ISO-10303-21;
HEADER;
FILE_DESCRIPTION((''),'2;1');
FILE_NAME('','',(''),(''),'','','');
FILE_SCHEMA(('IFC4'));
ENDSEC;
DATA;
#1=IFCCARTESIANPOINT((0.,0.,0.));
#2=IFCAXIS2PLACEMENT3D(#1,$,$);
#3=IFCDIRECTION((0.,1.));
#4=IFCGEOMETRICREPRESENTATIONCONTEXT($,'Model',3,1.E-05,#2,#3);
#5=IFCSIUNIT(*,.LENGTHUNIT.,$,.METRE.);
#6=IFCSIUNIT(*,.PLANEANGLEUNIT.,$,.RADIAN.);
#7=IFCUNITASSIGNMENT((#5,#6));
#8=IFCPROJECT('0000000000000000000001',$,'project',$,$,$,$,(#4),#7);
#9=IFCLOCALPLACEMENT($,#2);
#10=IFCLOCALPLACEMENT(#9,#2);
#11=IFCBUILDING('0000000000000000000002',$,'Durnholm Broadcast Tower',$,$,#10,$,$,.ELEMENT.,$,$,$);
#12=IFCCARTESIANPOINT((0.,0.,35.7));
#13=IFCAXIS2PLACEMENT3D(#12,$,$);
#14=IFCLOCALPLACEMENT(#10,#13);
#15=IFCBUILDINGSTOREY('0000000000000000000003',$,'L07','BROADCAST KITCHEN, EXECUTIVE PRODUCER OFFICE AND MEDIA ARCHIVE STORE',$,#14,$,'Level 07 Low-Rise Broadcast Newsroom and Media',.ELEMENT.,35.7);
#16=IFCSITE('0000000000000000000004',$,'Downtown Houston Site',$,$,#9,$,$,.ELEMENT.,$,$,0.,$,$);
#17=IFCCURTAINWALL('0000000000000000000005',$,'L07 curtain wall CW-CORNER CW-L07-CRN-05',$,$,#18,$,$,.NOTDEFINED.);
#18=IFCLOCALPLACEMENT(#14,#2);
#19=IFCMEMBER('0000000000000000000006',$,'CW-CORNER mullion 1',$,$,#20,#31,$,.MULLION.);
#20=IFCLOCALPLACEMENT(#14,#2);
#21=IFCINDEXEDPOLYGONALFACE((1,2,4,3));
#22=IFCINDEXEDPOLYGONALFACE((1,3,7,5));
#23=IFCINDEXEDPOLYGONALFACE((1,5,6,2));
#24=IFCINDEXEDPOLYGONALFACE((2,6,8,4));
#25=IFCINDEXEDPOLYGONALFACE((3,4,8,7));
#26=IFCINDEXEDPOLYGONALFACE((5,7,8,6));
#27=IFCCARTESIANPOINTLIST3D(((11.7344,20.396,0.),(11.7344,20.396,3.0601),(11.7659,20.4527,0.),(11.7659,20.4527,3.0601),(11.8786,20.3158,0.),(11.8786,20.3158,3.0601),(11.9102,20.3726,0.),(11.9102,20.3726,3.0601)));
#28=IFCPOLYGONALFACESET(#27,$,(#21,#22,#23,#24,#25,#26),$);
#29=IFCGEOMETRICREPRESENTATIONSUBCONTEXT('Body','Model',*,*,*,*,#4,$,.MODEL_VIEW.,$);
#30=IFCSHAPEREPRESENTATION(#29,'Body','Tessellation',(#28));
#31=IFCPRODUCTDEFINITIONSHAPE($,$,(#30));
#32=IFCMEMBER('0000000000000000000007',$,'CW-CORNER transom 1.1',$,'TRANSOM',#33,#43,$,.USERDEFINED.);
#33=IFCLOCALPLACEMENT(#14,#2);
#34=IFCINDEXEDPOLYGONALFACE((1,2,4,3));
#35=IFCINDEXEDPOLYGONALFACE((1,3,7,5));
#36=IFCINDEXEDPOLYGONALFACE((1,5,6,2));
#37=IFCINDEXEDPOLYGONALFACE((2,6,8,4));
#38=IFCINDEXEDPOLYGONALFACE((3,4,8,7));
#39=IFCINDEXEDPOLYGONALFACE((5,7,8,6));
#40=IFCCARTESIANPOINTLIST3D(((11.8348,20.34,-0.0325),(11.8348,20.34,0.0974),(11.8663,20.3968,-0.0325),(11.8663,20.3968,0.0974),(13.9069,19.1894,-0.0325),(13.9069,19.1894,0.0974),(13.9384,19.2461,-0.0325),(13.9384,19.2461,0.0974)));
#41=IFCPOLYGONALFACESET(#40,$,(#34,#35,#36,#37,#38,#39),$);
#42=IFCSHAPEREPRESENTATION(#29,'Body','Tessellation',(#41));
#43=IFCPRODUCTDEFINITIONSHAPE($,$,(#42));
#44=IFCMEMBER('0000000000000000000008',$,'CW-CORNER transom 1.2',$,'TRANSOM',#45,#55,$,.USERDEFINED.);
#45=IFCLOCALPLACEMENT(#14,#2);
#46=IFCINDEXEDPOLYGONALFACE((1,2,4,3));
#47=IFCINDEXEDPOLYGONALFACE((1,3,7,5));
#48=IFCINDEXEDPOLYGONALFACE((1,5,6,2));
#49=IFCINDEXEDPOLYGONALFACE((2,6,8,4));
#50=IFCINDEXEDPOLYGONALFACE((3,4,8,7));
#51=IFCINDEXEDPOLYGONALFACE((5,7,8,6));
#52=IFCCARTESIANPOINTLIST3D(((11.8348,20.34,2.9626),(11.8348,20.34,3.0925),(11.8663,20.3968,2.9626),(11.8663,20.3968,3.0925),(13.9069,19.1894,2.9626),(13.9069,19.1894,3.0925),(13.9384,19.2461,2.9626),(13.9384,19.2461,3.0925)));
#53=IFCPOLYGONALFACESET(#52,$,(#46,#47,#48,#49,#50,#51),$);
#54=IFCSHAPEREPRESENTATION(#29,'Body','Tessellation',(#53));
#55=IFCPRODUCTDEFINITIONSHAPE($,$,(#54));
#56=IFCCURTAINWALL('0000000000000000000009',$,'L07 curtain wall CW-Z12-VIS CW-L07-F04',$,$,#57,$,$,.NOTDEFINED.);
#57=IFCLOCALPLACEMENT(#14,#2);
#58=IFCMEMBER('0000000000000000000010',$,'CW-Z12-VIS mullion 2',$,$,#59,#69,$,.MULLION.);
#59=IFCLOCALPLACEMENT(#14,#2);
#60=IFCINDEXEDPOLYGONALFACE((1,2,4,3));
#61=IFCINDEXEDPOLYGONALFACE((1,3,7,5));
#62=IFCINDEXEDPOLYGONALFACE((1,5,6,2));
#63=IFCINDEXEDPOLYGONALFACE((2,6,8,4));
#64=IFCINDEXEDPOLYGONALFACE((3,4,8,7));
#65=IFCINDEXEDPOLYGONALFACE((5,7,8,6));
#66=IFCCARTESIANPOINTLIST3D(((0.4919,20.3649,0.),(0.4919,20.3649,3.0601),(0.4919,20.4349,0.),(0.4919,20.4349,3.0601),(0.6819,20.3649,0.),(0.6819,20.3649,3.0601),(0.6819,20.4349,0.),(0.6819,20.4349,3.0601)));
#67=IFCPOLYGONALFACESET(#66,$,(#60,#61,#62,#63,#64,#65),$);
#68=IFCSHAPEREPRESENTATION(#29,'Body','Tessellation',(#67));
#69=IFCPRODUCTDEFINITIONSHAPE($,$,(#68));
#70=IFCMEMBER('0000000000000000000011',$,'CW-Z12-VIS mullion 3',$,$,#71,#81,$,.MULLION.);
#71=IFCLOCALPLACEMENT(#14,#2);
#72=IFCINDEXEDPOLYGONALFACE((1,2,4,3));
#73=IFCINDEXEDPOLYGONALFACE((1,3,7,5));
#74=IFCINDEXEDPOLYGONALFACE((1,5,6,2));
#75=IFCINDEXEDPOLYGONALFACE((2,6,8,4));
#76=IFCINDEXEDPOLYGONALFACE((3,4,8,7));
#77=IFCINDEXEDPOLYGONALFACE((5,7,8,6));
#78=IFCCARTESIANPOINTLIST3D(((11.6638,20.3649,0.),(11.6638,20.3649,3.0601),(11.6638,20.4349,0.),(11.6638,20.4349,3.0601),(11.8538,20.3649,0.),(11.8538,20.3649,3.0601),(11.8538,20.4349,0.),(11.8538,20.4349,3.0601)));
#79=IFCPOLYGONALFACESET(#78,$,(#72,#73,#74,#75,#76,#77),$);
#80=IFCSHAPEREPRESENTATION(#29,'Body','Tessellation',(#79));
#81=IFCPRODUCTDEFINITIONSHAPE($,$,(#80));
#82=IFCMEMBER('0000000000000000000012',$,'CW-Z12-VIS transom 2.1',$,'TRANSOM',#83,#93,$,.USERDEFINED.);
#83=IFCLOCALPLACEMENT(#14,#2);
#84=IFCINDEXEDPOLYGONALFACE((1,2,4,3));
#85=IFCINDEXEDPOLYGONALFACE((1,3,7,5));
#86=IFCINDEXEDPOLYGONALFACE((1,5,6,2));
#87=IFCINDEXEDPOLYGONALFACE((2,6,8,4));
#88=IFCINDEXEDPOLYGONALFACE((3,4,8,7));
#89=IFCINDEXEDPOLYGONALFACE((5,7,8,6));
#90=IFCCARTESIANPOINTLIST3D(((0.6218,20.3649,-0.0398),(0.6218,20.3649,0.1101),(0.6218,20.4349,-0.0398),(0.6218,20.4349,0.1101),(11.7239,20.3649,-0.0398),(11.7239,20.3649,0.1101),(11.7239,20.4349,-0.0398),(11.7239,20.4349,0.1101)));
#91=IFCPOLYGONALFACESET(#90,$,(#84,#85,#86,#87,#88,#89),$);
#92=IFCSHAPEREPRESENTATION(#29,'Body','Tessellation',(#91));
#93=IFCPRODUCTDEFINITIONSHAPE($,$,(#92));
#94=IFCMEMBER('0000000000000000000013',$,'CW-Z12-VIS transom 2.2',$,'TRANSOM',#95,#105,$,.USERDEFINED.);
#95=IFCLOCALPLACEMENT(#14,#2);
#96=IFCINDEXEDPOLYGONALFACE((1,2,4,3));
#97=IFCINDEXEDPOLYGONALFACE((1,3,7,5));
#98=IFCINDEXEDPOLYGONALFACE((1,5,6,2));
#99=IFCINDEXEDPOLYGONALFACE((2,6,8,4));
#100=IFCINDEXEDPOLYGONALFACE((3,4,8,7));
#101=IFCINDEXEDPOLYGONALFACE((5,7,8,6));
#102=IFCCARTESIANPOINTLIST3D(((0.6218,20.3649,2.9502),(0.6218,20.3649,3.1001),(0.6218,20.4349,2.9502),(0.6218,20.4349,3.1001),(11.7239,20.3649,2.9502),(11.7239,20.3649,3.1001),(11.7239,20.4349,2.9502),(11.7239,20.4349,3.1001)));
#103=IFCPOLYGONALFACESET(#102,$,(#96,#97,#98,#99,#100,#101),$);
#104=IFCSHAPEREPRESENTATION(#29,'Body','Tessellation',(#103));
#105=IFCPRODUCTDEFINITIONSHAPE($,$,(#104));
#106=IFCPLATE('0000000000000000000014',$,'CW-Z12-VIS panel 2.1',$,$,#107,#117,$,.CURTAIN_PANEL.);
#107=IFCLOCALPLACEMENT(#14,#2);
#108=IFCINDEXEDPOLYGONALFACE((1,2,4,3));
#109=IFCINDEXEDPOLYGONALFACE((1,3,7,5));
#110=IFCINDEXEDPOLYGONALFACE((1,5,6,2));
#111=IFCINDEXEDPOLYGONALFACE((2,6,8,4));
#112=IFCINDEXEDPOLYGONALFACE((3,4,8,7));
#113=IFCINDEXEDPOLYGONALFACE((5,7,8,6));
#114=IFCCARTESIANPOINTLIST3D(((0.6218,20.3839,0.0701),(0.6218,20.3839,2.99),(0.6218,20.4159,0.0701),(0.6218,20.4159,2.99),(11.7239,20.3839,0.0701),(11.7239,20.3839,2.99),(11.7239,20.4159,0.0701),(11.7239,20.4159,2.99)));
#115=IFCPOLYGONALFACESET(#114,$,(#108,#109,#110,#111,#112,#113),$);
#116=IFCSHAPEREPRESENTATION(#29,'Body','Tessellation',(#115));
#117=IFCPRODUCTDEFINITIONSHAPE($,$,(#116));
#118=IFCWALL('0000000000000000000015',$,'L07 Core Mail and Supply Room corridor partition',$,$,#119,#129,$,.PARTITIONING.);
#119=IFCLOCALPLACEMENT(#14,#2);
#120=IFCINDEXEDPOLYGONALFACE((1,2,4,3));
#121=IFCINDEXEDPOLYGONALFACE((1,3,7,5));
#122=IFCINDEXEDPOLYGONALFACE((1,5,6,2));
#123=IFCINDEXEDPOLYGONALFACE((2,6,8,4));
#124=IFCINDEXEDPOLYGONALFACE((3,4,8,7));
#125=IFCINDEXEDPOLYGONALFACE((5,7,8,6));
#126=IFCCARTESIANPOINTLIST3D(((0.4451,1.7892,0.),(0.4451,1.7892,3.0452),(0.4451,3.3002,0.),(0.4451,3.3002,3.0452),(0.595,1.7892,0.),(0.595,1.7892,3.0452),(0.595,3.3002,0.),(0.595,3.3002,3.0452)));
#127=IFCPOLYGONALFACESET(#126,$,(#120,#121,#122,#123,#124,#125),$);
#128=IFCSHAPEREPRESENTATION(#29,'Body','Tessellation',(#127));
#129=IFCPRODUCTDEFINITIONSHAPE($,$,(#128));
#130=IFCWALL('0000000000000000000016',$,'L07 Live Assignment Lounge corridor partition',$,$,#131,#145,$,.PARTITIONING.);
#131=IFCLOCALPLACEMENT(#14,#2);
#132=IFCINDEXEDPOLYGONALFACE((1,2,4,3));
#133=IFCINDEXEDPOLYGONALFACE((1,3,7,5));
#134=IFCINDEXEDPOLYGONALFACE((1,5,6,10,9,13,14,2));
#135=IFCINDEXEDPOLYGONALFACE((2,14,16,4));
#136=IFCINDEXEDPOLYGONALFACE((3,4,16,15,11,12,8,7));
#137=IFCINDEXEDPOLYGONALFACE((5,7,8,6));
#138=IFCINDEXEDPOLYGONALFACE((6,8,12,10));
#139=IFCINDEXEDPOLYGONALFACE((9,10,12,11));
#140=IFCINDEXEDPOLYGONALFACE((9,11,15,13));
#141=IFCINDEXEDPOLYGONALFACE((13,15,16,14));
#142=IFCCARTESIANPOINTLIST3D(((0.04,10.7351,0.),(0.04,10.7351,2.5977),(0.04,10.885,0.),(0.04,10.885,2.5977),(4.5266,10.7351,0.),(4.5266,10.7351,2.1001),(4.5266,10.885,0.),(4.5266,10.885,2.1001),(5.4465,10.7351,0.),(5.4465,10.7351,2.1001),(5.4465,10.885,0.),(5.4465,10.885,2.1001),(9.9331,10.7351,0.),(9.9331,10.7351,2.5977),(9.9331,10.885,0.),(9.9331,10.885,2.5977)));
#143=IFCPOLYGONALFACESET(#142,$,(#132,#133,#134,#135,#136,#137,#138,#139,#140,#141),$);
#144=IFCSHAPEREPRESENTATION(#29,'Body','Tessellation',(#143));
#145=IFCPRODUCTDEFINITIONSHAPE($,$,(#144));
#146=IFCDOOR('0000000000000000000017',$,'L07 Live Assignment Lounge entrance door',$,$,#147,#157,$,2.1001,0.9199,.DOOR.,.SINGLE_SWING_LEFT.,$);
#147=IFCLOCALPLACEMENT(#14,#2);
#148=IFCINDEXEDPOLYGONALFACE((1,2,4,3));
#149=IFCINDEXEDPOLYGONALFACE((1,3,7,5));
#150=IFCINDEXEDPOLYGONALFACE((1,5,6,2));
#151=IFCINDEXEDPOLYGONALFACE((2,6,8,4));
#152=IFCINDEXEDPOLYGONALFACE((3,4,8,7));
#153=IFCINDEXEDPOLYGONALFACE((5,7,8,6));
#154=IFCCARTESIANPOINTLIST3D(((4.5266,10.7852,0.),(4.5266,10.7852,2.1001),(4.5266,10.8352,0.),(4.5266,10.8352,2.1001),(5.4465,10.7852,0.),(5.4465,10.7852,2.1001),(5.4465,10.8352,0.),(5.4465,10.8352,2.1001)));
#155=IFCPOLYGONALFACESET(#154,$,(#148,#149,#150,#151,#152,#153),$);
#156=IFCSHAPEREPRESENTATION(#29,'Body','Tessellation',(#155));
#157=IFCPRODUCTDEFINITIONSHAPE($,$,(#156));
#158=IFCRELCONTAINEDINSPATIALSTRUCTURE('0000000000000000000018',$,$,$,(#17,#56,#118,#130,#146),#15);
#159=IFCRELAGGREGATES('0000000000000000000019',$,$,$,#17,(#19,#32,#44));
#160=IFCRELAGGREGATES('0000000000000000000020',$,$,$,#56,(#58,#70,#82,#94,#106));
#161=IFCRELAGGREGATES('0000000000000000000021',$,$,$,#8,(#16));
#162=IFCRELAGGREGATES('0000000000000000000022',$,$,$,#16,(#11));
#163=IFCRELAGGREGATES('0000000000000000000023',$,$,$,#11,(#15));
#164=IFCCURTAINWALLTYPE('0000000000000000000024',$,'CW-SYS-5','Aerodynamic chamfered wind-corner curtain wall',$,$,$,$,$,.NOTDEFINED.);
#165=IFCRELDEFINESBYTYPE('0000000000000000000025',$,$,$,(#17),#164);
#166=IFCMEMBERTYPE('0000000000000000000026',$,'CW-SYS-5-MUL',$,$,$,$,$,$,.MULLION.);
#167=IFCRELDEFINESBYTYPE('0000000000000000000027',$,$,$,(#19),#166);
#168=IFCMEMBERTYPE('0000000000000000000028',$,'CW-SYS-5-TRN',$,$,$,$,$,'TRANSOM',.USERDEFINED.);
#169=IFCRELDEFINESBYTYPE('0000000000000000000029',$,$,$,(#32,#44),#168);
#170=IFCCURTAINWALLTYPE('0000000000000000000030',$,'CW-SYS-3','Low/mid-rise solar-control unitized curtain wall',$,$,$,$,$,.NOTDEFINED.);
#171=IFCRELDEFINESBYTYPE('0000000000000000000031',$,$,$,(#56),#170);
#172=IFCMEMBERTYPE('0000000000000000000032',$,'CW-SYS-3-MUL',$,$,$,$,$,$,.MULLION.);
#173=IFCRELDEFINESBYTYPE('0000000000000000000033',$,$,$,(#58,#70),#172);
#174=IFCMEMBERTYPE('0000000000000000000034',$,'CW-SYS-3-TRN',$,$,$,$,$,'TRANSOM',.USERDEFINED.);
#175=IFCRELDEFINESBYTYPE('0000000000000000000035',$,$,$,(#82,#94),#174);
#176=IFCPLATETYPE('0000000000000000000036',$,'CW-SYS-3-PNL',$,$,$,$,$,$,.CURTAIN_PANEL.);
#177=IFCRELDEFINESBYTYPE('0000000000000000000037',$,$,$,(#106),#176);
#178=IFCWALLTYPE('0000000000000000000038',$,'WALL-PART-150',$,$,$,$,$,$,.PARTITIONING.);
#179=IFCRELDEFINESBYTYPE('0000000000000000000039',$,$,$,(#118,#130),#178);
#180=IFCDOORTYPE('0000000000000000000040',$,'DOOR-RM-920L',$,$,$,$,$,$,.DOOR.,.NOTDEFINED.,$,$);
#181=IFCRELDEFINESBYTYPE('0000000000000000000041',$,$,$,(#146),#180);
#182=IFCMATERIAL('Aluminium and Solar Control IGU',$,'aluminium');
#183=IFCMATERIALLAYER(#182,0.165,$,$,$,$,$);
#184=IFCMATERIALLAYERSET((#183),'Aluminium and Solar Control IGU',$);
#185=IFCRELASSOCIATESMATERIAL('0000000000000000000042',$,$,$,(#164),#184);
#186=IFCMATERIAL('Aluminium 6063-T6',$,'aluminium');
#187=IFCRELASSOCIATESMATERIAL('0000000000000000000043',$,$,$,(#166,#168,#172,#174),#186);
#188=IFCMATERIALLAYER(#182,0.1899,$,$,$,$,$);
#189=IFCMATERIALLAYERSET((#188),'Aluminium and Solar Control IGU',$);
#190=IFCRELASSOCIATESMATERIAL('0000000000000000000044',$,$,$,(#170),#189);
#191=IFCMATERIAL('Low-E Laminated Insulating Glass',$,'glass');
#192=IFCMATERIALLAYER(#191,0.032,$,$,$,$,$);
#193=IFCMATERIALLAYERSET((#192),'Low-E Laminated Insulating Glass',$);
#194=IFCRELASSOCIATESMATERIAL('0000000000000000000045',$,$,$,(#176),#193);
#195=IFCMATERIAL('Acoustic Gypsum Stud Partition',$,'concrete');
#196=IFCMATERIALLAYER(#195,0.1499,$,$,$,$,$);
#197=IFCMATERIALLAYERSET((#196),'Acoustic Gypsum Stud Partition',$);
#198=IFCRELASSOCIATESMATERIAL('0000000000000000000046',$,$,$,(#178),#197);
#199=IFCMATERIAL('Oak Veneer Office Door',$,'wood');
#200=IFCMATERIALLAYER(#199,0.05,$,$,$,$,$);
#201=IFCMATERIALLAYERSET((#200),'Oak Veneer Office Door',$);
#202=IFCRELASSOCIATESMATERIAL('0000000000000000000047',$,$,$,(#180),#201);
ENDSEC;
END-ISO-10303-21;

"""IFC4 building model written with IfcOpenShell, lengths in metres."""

from ifc_helpers import new_model, si_unit, direction, frame, frame_2d, origin, origin_2d, place, context, subcontext, project, spatial, rectangle, extrude, source, transform, mapped, material, layer, layer_set, material_profile, profile_set, type_object, type_shapes, element, fill, aggregate, save


model = new_model("IFC4")

# Units and contexts
model_context = context("Model", 3, precision=1e-05, world=origin(), true_north=direction((0.0, 1.0)))
body_context = subcontext(model_context, "Body", "Model", "MODEL_VIEW")
ifc_project = project(units=[si_unit("LENGTHUNIT", "METRE"), si_unit("PLANEANGLEUNIT", "RADIAN")], contexts=[model_context])

# Site, building, storey
site_placement = place(None, origin())
site = spatial("IfcSite", under=ifc_project, at=site_placement, Name="Downtown Houston Site", CompositionType="ELEMENT", RefElevation=0.0)
building_placement = place(site_placement, origin())
building = spatial("IfcBuilding", under=site, at=building_placement, Name="Durnholm Broadcast Tower", CompositionType="ELEMENT")
storey_placement = place(building_placement, frame((0.0, 0.0, 35.7)))
storey = spatial("IfcBuildingStorey", under=building, at=storey_placement, Name="L07", Description="BROADCAST KITCHEN, EXECUTIVE PRODUCER OFFICE AND MEDIA ARCHIVE STORE", LongName="Level 07 Low-Rise Broadcast Newsroom and Media", CompositionType="ELEMENT", Elevation=35.7)

# Curtain wall, members
ifc_material_1 = material(Name="Aluminium and Solar Control IGU", Category="aluminium")
ifc_layer_1 = layer(ifc_material_1, 0.165)
ifc_layer_set_1 = layer_set([ifc_layer_1], Name="Aluminium and Solar Control IGU")
curtain_wall_type_1 = type_object("IfcCurtainWallType", Name="CW-SYS-5", Description="Aerodynamic chamfered wind-corner curtain wall", PredefinedType="NOTDEFINED", material=ifc_layer_set_1)
curtain_wall_1_placement = place(storey_placement, origin())
curtain_wall_1 = element("IfcCurtainWall", 1, at=curtain_wall_1_placement, inside=storey, type_object=curtain_wall_type_1, Name="L07 curtain wall CW-CORNER CW-L07-CRN-05", PredefinedType="NOTDEFINED")
ifc_material_2 = material(Name="Aluminium 6063-T6", Category="aluminium")
ifc_material_profile_1 = material_profile(ifc_material_2, rectangle(XDim=0.0649, YDim=0.165, at=origin_2d()), Name="CWM65X165")
ifc_profile_set_1 = profile_set([ifc_material_profile_1], Name="Aluminium 6063-T6")
member_type_1 = type_object("IfcMemberType", Name="CW-SYS-5-MUL", PredefinedType="MULLION", material=ifc_profile_set_1)
shared_shape_1 = source(origin(), body_context, "Body", "SweptSolid", [
    extrude(rectangle(XDim=0.0649, YDim=0.165, at=origin_2d()), origin(), (0.0, 0.0, 1.0), 3.0601),
])
type_shapes(member_type_1, [shared_shape_1])
member_1_placement = place(storey_placement, frame((11.8223, 20.3843, 0.0), z_axis=(0.0, 0.0, 1.0), x_axis=(0.485483, 0.874246, 0.0)))
member_1 = element("IfcMember", 2, at=member_1_placement, type_object=member_type_1, Name="CW-CORNER mullion 1", PredefinedType="MULLION", context=body_context, shape_type="MappedRepresentation", body=[
    mapped(shared_shape_1, transform((0.0, 0.0, 0.0), x_axis=(1.0, 0.0, 0.0), y_axis=(0.0, 1.0, 0.0), z_axis=(0.0, 0.0, 1.0), scale=1.0)),
])
ifc_material_profile_2 = material_profile(ifc_material_2, rectangle(XDim=0.0649, YDim=0.1299, at=origin_2d()), Name="CWT65X130")
ifc_profile_set_2 = profile_set([ifc_material_profile_2], Name="Aluminium 6063-T6")
member_type_2 = type_object("IfcMemberType", Name="CW-SYS-5-TRN", ElementType="TRANSOM", PredefinedType="USERDEFINED", material=ifc_profile_set_2)
shared_shape_2 = source(origin(), body_context, "Body", "SweptSolid", [
    extrude(rectangle(XDim=0.0649, YDim=0.1299, at=origin_2d()), origin(), (0.0, 0.0, 1.0), 2.3701),
])
type_shapes(member_type_2, [shared_shape_2])
member_2_placement = place(storey_placement, frame((11.8506, 20.3684, 0.0325), z_axis=(0.874245, -0.485485, 0.0), x_axis=(0.485485, 0.874245, 0.0)))
member_2 = element("IfcMember", 3, at=member_2_placement, type_object=member_type_2, Name="CW-CORNER transom 1.1", ObjectType="TRANSOM", PredefinedType="USERDEFINED", context=body_context, shape_type="MappedRepresentation", body=[
    mapped(shared_shape_2, transform((0.0, 0.0, 0.0), x_axis=(1.0, 0.0, 0.0), y_axis=(0.0, 1.0, 0.0), z_axis=(0.0, 0.0, 1.0), scale=1.0)),
])
member_3_placement = place(storey_placement, frame((11.8506, 20.3684, 3.0276), z_axis=(0.874245, -0.485485, 0.0), x_axis=(0.485485, 0.874245, 0.0)))
member_3 = element("IfcMember", 4, at=member_3_placement, type_object=member_type_2, Name="CW-CORNER transom 1.2", ObjectType="TRANSOM", PredefinedType="USERDEFINED", context=body_context, shape_type="MappedRepresentation", body=[
    mapped(shared_shape_2, transform((0.0, 0.0, 0.0), x_axis=(1.0, 0.0, 0.0), y_axis=(0.0, 1.0, 0.0), z_axis=(0.0, 0.0, 1.0), scale=1.0)),
])
aggregate(curtain_wall_1, [member_1, member_2, member_3])

# Curtain wall, members, plate
ifc_layer_2 = layer(ifc_material_1, 0.1899)
ifc_layer_set_2 = layer_set([ifc_layer_2], Name="Aluminium and Solar Control IGU")
curtain_wall_type_2 = type_object("IfcCurtainWallType", Name="CW-SYS-3", Description="Low/mid-rise solar-control unitized curtain wall", PredefinedType="NOTDEFINED", material=ifc_layer_set_2)
curtain_wall_2_placement = place(storey_placement, origin())
curtain_wall_2 = element("IfcCurtainWall", 5, at=curtain_wall_2_placement, inside=storey, type_object=curtain_wall_type_2, Name="L07 curtain wall CW-Z12-VIS CW-L07-F04", PredefinedType="NOTDEFINED")
ifc_material_profile_3 = material_profile(ifc_material_2, rectangle(XDim=0.0701, YDim=0.1899, at=origin_2d()), Name="CWM70X190")
ifc_profile_set_3 = profile_set([ifc_material_profile_3], Name="Aluminium 6063-T6")
member_type_3 = type_object("IfcMemberType", Name="CW-SYS-3-MUL", PredefinedType="MULLION", material=ifc_profile_set_3)
shared_shape_3 = source(origin(), body_context, "Body", "SweptSolid", [
    extrude(rectangle(XDim=0.0701, YDim=0.1899, at=origin_2d()), origin(), (0.0, 0.0, 1.0), 3.0601),
])
type_shapes(member_type_3, [shared_shape_3])
member_4_placement = place(storey_placement, frame((0.5869, 20.3999, 0.0), z_axis=(0.0, 0.0, 1.0), x_axis=(0.0, 1.0, 0.0)))
member_4 = element("IfcMember", 6, at=member_4_placement, type_object=member_type_3, Name="CW-Z12-VIS mullion 2", PredefinedType="MULLION", context=body_context, shape_type="MappedRepresentation", body=[
    mapped(shared_shape_3, transform((0.0, 0.0, 0.0), x_axis=(1.0, 0.0, 0.0), y_axis=(0.0, 1.0, 0.0), z_axis=(0.0, 0.0, 1.0), scale=1.0)),
])
member_5_placement = place(storey_placement, frame((11.7588, 20.3999, 0.0), z_axis=(0.0, 0.0, 1.0), x_axis=(0.0, 1.0, 0.0)))
member_5 = element("IfcMember", 7, at=member_5_placement, type_object=member_type_3, Name="CW-Z12-VIS mullion 3", PredefinedType="MULLION", context=body_context, shape_type="MappedRepresentation", body=[
    mapped(shared_shape_3, transform((0.0, 0.0, 0.0), x_axis=(1.0, 0.0, 0.0), y_axis=(0.0, 1.0, 0.0), z_axis=(0.0, 0.0, 1.0), scale=1.0)),
])
ifc_material_profile_4 = material_profile(ifc_material_2, rectangle(XDim=0.0701, YDim=0.1499, at=origin_2d()), Name="CWT70X150")
ifc_profile_set_4 = profile_set([ifc_material_profile_4], Name="Aluminium 6063-T6")
member_type_4 = type_object("IfcMemberType", Name="CW-SYS-3-TRN", ElementType="TRANSOM", PredefinedType="USERDEFINED", material=ifc_profile_set_4)
shared_shape_4 = source(origin(), body_context, "Body", "SweptSolid", [
    extrude(rectangle(XDim=0.0701, YDim=0.1499, at=origin_2d()), origin(), (0.0, 0.0, 1.0), 11.1021),
])
type_shapes(member_type_4, [shared_shape_4])
member_6_placement = place(storey_placement, frame((0.6218, 20.3999, 0.0352), z_axis=(1.0, 0.0, 0.0), x_axis=(0.0, 1.0, 0.0)))
member_6 = element("IfcMember", 8, at=member_6_placement, type_object=member_type_4, Name="CW-Z12-VIS transom 2.1", ObjectType="TRANSOM", PredefinedType="USERDEFINED", context=body_context, shape_type="MappedRepresentation", body=[
    mapped(shared_shape_4, transform((0.0, 0.0, 0.0), x_axis=(1.0, 0.0, 0.0), y_axis=(0.0, 1.0, 0.0), z_axis=(0.0, 0.0, 1.0), scale=1.0)),
])
member_7_placement = place(storey_placement, frame((0.6218, 20.3999, 3.0251), z_axis=(1.0, 0.0, 0.0), x_axis=(0.0, 1.0, 0.0)))
member_7 = element("IfcMember", 9, at=member_7_placement, type_object=member_type_4, Name="CW-Z12-VIS transom 2.2", ObjectType="TRANSOM", PredefinedType="USERDEFINED", context=body_context, shape_type="MappedRepresentation", body=[
    mapped(shared_shape_4, transform((0.0, 0.0, 0.0), x_axis=(1.0, 0.0, 0.0), y_axis=(0.0, 1.0, 0.0), z_axis=(0.0, 0.0, 1.0), scale=1.0)),
])
ifc_material_3 = material(Name="Low-E Laminated Insulating Glass", Category="glass")
ifc_layer_3 = layer(ifc_material_3, 0.032)
ifc_layer_set_3 = layer_set([ifc_layer_3], Name="Low-E Laminated Insulating Glass")
plate_type = type_object("IfcPlateType", Name="CW-SYS-3-PNL", PredefinedType="CURTAIN_PANEL", material=ifc_layer_set_3)
shared_shape_5 = source(origin(), body_context, "Body", "SweptSolid", [
    extrude(rectangle(XDim=11.1021, YDim=0.032, at=origin_2d()), origin(), (0.0, 0.0, 1.0), 2.9199),
])
type_shapes(plate_type, [shared_shape_5])
plate_placement = place(storey_placement, frame((6.1729, 20.3999, 0.0701), z_axis=(0.0, 0.0, 1.0), x_axis=(1.0, 0.0, 0.0)))
plate = element("IfcPlate", 10, at=plate_placement, type_object=plate_type, Name="CW-Z12-VIS panel 2.1", PredefinedType="CURTAIN_PANEL", context=body_context, shape_type="MappedRepresentation", body=[
    mapped(shared_shape_5, transform((0.0, 0.0, 0.0), x_axis=(1.0, 0.0, 0.0), y_axis=(0.0, 1.0, 0.0), z_axis=(0.0, 0.0, 1.0), scale=1.0)),
])
aggregate(curtain_wall_2, [member_4, member_5, member_6, member_7, plate])

# Wall
ifc_material_4 = material(Name="Acoustic Gypsum Stud Partition", Category="concrete")
ifc_layer_4 = layer(ifc_material_4, 0.1499)
ifc_layer_set_4 = layer_set([ifc_layer_4], Name="Acoustic Gypsum Stud Partition")
wall_type_1 = type_object("IfcWallType", Name="WALL-PART-150", PredefinedType="PARTITIONING", material=ifc_layer_set_4)
wall_1_placement = place(storey_placement, frame((0.52, 3.3, 0.0), z_axis=(0.0, 0.0, 1.0), x_axis=(0.0, -1.0, 0.0)))
element("IfcWall", 11, at=wall_1_placement, inside=storey, type_object=wall_type_1, Name="L07 Core Mail and Supply Room corridor partition", PredefinedType="PARTITIONING", context=body_context, shape_type="SweptSolid", body=[
    extrude(rectangle(XDim=1.511, YDim=0.1499, at=frame_2d((0.7554, 0.0))), origin(), (0.0, 0.0, 1.0), 3.0452),
])

# Wall, opening, door
wall_2_placement = place(storey_placement, frame((9.9331, 10.8101, 0.0), z_axis=(0.0, 0.0, 1.0), x_axis=(-1.0, 0.0, 0.0)))
wall_2 = element("IfcWall", 12, at=wall_2_placement, inside=storey, type_object=wall_type_1, Name="L07 Live Assignment Lounge corridor partition", PredefinedType="PARTITIONING", context=body_context, shape_type="SweptSolid", body=[
    extrude(rectangle(XDim=9.8931, YDim=0.1499, at=frame_2d((4.9465, 0.0))), origin(), (0.0, 0.0, 1.0), 2.5977),
])
opening_1_placement = place(wall_2_placement, frame((4.4866, 0.0, 0.0)))
opening_1 = element("IfcOpeningElement", 13, at=opening_1_placement, cuts=wall_2, PredefinedType="OPENING", context=body_context, shape_type="SweptSolid", body=[
    extrude(rectangle(XDim=0.9199, YDim=2.1001, at=frame_2d((0.46, 1.05))), frame((0.0, 0.085, 0.0), z_axis=(0.0, -1.0, 0.0), x_axis=(1.0, 0.0, 0.0)), (0.0, 0.0, 1.0), 0.1699),
])
ifc_material_5 = material(Name="Oak Veneer Office Door", Category="wood")
ifc_layer_5 = layer(ifc_material_5, 0.05)
ifc_layer_set_5 = layer_set([ifc_layer_5], Name="Oak Veneer Office Door")
door_type_1 = type_object("IfcDoorType", Name="DOOR-RM-920L", OperationType="NOTDEFINED", PredefinedType="DOOR", material=ifc_layer_set_5)
shared_shape_6 = source(origin(), body_context, "Body", "SweptSolid", [
    extrude(rectangle(XDim=0.9199, YDim=2.1001, at=frame_2d((0.46, 1.05))), frame((0.0, 0.0249, 0.0), z_axis=(0.0, -1.0, 0.0), x_axis=(1.0, 0.0, 0.0)), (0.0, 0.0, 1.0), 0.05),
])
type_shapes(door_type_1, [shared_shape_6])
door_1_placement = place(opening_1_placement, origin())
door_1 = element("IfcDoor", 14, at=door_1_placement, inside=storey, type_object=door_type_1, Name="L07 Live Assignment Lounge entrance door", OperationType="SINGLE_SWING_LEFT", OverallHeight=2.1001, OverallWidth=0.9199, PredefinedType="DOOR", context=body_context, shape_type="MappedRepresentation", body=[
    mapped(shared_shape_6, transform((0.0, 0.0, 0.0), x_axis=(1.0, 0.0, 0.0), y_axis=(0.0, 1.0, 0.0), z_axis=(0.0, 0.0, 1.0), scale=1.0)),
])
fill(opening_1, door_1)

save(model, "model.ifc")
